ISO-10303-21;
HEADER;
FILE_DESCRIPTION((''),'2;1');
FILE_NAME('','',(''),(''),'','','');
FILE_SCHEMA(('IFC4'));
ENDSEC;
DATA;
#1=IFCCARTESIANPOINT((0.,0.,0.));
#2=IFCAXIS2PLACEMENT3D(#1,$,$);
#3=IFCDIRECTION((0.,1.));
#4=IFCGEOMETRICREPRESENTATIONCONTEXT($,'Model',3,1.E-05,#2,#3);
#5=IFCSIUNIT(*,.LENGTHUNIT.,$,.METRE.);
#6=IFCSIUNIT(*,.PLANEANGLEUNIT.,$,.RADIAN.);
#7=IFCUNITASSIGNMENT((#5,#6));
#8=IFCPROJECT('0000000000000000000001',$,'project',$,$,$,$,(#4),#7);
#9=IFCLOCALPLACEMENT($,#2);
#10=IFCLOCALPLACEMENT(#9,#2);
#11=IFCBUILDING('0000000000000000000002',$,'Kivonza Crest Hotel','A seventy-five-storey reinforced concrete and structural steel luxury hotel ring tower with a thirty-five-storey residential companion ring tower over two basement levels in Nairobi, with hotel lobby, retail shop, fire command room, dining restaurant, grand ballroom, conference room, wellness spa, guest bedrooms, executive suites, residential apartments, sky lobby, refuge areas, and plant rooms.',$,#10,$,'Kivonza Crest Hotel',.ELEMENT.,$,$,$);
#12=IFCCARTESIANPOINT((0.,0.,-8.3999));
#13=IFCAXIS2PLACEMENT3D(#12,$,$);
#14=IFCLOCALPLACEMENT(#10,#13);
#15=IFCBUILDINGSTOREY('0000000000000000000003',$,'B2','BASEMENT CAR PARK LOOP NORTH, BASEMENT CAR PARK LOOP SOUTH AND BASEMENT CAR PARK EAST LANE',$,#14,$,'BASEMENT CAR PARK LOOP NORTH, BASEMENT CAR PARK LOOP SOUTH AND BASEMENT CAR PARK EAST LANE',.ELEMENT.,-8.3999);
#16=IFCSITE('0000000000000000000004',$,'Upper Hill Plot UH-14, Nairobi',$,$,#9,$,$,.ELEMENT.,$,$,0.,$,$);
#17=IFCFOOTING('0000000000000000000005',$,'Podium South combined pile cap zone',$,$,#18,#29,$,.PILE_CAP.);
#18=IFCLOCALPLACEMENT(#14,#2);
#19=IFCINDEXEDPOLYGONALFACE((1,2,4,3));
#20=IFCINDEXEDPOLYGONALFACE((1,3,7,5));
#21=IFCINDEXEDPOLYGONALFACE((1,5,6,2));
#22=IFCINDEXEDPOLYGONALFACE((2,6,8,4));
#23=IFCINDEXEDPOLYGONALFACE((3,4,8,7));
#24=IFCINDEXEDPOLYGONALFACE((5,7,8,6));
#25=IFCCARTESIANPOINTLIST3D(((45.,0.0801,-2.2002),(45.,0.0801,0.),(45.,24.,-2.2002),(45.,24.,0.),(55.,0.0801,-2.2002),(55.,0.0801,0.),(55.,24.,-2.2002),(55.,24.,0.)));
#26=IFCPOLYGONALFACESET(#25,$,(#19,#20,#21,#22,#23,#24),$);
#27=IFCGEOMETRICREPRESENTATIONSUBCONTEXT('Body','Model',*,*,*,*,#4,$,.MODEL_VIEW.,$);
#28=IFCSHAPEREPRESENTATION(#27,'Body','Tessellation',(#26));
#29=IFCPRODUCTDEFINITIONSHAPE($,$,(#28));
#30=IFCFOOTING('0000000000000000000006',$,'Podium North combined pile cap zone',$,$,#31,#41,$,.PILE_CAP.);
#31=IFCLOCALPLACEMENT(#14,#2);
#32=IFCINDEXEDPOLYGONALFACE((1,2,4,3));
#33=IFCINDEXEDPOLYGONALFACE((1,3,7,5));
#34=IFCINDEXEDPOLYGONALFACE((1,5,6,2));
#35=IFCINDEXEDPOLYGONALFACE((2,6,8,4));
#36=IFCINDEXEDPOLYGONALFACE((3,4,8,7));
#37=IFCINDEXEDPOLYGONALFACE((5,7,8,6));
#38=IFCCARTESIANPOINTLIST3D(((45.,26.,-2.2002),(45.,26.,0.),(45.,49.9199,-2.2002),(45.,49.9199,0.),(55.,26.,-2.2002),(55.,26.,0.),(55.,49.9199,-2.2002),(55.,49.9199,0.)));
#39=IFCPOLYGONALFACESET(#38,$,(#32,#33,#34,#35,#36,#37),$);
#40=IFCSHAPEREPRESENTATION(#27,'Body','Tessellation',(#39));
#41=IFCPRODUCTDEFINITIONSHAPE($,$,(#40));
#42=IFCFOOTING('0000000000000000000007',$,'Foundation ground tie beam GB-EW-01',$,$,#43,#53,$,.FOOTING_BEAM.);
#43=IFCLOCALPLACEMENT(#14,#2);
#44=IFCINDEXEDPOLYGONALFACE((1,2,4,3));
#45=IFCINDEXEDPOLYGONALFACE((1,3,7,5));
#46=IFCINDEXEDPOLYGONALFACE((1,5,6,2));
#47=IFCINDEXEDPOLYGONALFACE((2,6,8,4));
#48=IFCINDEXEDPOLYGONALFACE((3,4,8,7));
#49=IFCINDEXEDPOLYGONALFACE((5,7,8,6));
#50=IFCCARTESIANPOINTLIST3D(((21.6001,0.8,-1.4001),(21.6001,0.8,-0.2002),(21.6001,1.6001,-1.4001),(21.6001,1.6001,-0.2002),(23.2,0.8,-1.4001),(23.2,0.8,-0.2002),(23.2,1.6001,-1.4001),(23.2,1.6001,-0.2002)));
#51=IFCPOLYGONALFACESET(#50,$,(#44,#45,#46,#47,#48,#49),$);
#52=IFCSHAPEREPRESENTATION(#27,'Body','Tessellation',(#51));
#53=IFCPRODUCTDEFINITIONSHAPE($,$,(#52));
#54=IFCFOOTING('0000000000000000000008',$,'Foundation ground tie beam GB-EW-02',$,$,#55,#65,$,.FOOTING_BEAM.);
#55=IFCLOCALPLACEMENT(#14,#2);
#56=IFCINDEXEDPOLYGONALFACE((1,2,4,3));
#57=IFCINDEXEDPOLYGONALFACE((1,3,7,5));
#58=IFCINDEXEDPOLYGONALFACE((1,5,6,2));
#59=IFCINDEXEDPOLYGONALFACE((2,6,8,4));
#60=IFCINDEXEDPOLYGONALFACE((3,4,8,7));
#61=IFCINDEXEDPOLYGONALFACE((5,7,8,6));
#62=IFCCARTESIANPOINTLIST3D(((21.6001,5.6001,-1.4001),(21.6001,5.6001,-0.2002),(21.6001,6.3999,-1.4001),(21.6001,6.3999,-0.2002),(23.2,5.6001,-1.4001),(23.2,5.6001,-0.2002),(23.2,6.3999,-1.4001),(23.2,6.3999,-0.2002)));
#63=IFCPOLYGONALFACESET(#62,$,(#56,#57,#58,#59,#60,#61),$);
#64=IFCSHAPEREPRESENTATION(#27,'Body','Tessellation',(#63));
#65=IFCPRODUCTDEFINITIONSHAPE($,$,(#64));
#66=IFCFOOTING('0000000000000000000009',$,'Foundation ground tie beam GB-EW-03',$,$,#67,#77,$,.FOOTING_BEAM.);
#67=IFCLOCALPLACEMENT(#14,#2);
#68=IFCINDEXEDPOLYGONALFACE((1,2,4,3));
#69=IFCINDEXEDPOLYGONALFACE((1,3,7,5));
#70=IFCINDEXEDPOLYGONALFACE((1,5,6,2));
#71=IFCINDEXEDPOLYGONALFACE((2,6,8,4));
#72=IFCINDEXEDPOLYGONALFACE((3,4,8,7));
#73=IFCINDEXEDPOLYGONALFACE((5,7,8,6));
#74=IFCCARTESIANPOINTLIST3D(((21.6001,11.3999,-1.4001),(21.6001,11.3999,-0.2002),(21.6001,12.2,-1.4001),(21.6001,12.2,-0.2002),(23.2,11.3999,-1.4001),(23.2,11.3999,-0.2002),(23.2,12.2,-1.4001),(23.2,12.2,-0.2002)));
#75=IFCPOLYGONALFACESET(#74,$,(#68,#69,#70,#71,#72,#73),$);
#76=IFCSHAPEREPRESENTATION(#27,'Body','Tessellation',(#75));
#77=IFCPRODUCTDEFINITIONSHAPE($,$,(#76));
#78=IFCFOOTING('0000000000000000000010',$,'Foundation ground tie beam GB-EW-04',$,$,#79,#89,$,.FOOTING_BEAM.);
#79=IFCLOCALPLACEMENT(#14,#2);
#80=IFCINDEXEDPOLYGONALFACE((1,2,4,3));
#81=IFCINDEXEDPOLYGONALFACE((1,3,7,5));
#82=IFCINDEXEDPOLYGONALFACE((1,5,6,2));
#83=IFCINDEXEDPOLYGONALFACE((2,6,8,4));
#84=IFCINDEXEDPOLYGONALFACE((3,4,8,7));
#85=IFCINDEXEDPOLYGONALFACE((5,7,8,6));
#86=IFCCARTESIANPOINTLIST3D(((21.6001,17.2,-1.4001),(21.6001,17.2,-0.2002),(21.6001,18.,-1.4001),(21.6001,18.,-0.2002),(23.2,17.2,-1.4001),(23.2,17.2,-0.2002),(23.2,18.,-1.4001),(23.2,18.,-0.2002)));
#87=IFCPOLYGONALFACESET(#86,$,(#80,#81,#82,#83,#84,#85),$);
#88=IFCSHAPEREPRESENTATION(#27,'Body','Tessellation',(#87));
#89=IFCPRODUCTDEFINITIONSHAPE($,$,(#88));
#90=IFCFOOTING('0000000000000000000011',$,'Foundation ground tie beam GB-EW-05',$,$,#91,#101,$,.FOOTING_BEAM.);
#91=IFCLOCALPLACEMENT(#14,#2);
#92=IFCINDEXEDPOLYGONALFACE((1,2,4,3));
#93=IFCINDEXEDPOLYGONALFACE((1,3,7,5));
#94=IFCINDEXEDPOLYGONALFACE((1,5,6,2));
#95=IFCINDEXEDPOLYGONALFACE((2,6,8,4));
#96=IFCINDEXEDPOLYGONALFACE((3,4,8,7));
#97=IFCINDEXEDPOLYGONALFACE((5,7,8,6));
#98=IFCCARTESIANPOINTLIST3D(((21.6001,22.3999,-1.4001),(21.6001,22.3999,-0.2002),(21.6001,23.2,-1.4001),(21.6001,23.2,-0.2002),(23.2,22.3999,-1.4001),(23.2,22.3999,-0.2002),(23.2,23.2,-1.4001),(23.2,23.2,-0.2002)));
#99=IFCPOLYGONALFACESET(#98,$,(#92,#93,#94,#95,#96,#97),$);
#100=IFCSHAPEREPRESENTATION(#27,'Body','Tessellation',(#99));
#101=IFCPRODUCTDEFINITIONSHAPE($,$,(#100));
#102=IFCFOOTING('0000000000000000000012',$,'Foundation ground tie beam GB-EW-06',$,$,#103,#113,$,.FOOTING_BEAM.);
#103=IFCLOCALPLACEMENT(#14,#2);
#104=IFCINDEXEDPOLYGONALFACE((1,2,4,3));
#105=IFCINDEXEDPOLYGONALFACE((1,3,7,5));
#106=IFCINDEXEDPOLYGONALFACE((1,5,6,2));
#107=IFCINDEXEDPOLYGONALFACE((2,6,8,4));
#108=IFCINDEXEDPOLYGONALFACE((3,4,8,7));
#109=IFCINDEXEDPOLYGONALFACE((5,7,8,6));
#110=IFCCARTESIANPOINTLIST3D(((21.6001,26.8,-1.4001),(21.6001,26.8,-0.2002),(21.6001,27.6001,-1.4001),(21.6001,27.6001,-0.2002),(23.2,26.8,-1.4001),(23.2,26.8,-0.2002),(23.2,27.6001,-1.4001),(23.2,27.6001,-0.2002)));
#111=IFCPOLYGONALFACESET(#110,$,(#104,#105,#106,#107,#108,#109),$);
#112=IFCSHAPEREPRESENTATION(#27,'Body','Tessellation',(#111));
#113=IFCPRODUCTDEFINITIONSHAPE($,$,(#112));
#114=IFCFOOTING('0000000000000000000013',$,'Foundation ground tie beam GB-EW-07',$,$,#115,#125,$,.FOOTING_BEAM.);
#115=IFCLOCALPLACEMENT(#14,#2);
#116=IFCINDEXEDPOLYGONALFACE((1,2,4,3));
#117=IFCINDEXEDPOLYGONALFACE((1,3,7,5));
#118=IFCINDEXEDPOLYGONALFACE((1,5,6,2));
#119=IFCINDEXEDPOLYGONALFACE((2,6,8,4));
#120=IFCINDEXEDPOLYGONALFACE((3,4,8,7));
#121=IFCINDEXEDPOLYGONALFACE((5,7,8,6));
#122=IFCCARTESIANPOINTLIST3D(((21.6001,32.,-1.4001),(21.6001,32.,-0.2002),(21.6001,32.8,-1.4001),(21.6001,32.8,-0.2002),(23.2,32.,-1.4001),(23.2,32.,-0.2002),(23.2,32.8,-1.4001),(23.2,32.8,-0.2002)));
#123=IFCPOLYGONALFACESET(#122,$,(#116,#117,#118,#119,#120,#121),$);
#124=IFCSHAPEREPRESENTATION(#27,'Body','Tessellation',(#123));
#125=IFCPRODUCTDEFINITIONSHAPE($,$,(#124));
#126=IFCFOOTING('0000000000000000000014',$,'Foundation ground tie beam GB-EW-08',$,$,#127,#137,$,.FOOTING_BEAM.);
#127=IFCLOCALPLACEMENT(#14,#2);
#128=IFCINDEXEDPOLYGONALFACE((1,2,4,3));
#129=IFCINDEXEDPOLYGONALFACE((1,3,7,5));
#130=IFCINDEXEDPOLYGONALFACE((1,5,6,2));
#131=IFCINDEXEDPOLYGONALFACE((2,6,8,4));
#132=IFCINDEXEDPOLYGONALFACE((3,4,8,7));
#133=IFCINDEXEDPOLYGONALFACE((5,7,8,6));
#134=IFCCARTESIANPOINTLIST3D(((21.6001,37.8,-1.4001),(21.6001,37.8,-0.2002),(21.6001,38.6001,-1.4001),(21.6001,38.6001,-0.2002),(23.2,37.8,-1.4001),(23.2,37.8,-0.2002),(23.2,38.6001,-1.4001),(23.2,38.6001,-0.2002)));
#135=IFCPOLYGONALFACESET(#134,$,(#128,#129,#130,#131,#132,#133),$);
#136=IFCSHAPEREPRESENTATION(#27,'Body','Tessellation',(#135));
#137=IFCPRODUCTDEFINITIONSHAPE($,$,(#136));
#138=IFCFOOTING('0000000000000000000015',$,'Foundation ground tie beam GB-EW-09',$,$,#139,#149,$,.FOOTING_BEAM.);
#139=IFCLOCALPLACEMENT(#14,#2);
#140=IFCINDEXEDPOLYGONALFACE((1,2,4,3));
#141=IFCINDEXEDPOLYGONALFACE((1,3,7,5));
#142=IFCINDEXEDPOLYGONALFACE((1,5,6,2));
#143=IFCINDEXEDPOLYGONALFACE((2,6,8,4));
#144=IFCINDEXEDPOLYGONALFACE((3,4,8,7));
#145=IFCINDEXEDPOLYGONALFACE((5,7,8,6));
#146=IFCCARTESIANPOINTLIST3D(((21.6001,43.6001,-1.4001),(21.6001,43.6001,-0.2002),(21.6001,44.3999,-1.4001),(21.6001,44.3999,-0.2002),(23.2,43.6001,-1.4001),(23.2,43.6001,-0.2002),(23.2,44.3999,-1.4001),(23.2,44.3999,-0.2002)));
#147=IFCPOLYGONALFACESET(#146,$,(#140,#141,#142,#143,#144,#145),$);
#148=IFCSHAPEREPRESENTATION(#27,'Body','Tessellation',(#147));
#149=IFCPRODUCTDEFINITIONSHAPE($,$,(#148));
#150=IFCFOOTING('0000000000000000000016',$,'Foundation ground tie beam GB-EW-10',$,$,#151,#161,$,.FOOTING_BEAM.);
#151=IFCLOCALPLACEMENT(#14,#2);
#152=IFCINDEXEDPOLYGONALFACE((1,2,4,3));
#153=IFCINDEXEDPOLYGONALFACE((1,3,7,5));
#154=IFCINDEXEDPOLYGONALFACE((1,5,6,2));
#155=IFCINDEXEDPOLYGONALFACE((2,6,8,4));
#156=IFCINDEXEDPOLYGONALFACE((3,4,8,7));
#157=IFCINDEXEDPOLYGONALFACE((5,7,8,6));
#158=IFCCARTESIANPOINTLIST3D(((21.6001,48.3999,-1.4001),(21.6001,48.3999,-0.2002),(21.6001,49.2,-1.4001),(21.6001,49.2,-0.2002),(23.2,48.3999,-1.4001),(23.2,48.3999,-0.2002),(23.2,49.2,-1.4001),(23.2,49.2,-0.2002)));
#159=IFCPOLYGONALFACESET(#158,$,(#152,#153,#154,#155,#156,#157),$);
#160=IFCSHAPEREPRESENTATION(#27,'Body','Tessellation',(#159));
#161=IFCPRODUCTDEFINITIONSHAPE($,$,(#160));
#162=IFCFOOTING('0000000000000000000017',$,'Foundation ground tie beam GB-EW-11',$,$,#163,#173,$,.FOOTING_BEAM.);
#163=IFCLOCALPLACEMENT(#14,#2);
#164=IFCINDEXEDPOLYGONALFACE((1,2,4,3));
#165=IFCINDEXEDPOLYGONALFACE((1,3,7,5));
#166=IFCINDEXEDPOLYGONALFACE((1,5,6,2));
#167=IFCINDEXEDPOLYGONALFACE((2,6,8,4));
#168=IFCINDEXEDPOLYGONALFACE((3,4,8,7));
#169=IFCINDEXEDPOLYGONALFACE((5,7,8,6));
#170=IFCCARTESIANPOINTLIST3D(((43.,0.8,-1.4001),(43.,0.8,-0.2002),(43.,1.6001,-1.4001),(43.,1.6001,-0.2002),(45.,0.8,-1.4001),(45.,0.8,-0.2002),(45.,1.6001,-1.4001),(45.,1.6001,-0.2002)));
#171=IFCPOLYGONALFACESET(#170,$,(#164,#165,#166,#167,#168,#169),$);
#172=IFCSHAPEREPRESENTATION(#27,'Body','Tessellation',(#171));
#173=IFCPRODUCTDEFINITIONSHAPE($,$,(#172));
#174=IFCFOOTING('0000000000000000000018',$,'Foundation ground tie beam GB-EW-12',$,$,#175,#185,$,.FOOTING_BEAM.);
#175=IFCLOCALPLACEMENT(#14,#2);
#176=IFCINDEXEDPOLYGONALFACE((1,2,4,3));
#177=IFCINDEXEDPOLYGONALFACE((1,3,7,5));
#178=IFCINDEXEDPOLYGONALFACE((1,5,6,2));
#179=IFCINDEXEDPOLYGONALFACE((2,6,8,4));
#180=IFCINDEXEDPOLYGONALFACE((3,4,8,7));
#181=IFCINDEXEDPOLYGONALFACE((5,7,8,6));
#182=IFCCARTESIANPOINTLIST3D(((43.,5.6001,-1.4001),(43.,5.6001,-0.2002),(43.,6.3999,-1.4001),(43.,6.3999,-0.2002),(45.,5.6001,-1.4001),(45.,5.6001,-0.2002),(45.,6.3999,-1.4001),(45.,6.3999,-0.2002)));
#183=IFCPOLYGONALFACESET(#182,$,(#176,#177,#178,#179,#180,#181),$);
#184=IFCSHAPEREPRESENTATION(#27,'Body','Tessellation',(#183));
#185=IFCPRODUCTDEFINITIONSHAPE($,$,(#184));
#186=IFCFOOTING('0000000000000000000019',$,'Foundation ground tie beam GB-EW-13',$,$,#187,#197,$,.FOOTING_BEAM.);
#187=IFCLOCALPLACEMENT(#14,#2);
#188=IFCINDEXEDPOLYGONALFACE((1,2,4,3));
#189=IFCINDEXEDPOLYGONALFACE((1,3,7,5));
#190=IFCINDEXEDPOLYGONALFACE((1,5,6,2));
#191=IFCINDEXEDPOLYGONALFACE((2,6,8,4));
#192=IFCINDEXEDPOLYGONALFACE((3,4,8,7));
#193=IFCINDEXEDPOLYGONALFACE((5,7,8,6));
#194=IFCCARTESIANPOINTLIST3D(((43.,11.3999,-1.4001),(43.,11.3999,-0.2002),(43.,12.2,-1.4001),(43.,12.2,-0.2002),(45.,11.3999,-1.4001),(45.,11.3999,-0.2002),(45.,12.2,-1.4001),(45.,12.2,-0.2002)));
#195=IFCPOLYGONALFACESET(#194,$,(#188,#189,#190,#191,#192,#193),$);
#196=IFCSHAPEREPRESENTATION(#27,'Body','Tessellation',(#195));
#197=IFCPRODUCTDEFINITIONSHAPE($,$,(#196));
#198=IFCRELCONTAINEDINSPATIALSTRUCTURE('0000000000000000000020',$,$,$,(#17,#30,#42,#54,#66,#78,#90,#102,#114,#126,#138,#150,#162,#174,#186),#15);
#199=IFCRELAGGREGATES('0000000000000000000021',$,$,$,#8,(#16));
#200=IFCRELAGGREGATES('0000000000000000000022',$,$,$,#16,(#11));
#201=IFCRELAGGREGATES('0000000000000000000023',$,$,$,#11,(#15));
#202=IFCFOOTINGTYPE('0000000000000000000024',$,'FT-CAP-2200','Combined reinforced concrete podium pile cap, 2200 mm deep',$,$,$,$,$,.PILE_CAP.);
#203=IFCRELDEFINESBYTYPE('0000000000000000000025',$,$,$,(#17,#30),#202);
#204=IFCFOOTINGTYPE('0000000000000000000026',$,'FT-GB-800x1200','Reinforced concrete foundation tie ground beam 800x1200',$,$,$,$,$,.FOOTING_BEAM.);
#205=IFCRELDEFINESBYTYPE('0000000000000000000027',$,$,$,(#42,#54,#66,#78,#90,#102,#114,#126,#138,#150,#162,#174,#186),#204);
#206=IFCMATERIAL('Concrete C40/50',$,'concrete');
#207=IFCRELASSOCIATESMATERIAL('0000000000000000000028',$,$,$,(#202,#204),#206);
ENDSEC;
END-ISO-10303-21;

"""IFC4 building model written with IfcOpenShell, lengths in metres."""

from ifc_helpers import new_model, si_unit, direction, frame, origin, place, context, subcontext, project, spatial, polyline, outline, extrude, material, type_object, element, save


model = new_model("IFC4")

# Units and contexts
model_context = context("Model", 3, precision=1e-05, world=origin(), true_north=direction((0.0, 1.0)))
body_context = subcontext(model_context, "Body", "Model", "MODEL_VIEW")
ifc_project = project(units=[si_unit("LENGTHUNIT", "METRE"), si_unit("PLANEANGLEUNIT", "RADIAN")], contexts=[model_context])

# Site, building, storey
site_placement = place(None, origin())
site = spatial("IfcSite", under=ifc_project, at=site_placement, Name="Upper Hill Plot UH-14, Nairobi", CompositionType="ELEMENT", RefElevation=0.0)
building_placement = place(site_placement, origin())
building = spatial("IfcBuilding", under=site, at=building_placement, Name="Kivonza Crest Hotel", Description="A seventy-five-storey reinforced concrete and structural steel luxury hotel ring tower with a thirty-five-storey residential companion ring tower over two basement levels in Nairobi, with hotel lobby, retail shop, fire command room, dining restaurant, grand ballroom, conference room, wellness spa, guest bedrooms, executive suites, residential apartments, sky lobby, refuge areas, and plant rooms.", LongName="Kivonza Crest Hotel", CompositionType="ELEMENT")
storey_placement = place(building_placement, frame((0.0, 0.0, -8.3999)))
storey = spatial("IfcBuildingStorey", under=building, at=storey_placement, Name="B2", Description="BASEMENT CAR PARK LOOP NORTH, BASEMENT CAR PARK LOOP SOUTH AND BASEMENT CAR PARK EAST LANE", LongName="BASEMENT CAR PARK LOOP NORTH, BASEMENT CAR PARK LOOP SOUTH AND BASEMENT CAR PARK EAST LANE", CompositionType="ELEMENT", Elevation=-8.3999)

# Footings
ifc_material = material(Name="Concrete C40/50", Category="concrete")
footing_type_1 = type_object("IfcFootingType", Name="FT-CAP-2200", Description="Combined reinforced concrete podium pile cap, 2200 mm deep", PredefinedType="PILE_CAP", material=ifc_material)
footing_1_placement = place(storey_placement, frame((0.0, 0.0, -2.2002)))
element("IfcFooting", 1, at=footing_1_placement, inside=storey, type_object=footing_type_1, Name="Podium South combined pile cap zone", PredefinedType="PILE_CAP", context=body_context, shape_type="SweptSolid", body=[
    extrude(outline(polyline([(45.0, 0.0801), (55.0, 0.0801), (55.0, 24.0), (45.0, 24.0), (45.0, 0.0801)])), origin(), (0.0, 0.0, 1.0), 2.2002),
])
footing_2_placement = place(storey_placement, frame((0.0, 0.0, -2.2002)))
element("IfcFooting", 2, at=footing_2_placement, inside=storey, type_object=footing_type_1, Name="Podium North combined pile cap zone", PredefinedType="PILE_CAP", context=body_context, shape_type="SweptSolid", body=[
    extrude(outline(polyline([(45.0, 26.0), (55.0, 26.0), (55.0, 49.9199), (45.0, 49.9199), (45.0, 26.0)])), origin(), (0.0, 0.0, 1.0), 2.2002),
])
footing_type_2 = type_object("IfcFootingType", Name="FT-GB-800x1200", Description="Reinforced concrete foundation tie ground beam 800x1200", PredefinedType="FOOTING_BEAM", material=ifc_material)
footing_3_placement = place(storey_placement, frame((0.0, 0.0, -1.4001)))
element("IfcFooting", 3, at=footing_3_placement, inside=storey, type_object=footing_type_2, Name="Foundation ground tie beam GB-EW-01", PredefinedType="FOOTING_BEAM", context=body_context, shape_type="SweptSolid", body=[
    extrude(outline(polyline([(21.6001, 0.8), (23.2, 0.8), (23.2, 1.6001), (21.6001, 1.6001), (21.6001, 0.8)])), origin(), (0.0, 0.0, 1.0), 1.2),
])
footing_4_placement = place(storey_placement, frame((0.0, 0.0, -1.4001)))
element("IfcFooting", 4, at=footing_4_placement, inside=storey, type_object=footing_type_2, Name="Foundation ground tie beam GB-EW-02", PredefinedType="FOOTING_BEAM", context=body_context, shape_type="SweptSolid", body=[
    extrude(outline(polyline([(21.6001, 5.6001), (23.2, 5.6001), (23.2, 6.3999), (21.6001, 6.3999), (21.6001, 5.6001)])), origin(), (0.0, 0.0, 1.0), 1.2),
])
footing_5_placement = place(storey_placement, frame((0.0, 0.0, -1.4001)))
element("IfcFooting", 5, at=footing_5_placement, inside=storey, type_object=footing_type_2, Name="Foundation ground tie beam GB-EW-03", PredefinedType="FOOTING_BEAM", context=body_context, shape_type="SweptSolid", body=[
    extrude(outline(polyline([(21.6001, 11.3999), (23.2, 11.3999), (23.2, 12.2), (21.6001, 12.2), (21.6001, 11.3999)])), origin(), (0.0, 0.0, 1.0), 1.2),
])
footing_6_placement = place(storey_placement, frame((0.0, 0.0, -1.4001)))
element("IfcFooting", 6, at=footing_6_placement, inside=storey, type_object=footing_type_2, Name="Foundation ground tie beam GB-EW-04", PredefinedType="FOOTING_BEAM", context=body_context, shape_type="SweptSolid", body=[
    extrude(outline(polyline([(21.6001, 17.2), (23.2, 17.2), (23.2, 18.0), (21.6001, 18.0), (21.6001, 17.2)])), origin(), (0.0, 0.0, 1.0), 1.2),
])
footing_7_placement = place(storey_placement, frame((0.0, 0.0, -1.4001)))
element("IfcFooting", 7, at=footing_7_placement, inside=storey, type_object=footing_type_2, Name="Foundation ground tie beam GB-EW-05", PredefinedType="FOOTING_BEAM", context=body_context, shape_type="SweptSolid", body=[
    extrude(outline(polyline([(21.6001, 22.3999), (23.2, 22.3999), (23.2, 23.2), (21.6001, 23.2), (21.6001, 22.3999)])), origin(), (0.0, 0.0, 1.0), 1.2),
])
footing_8_placement = place(storey_placement, frame((0.0, 0.0, -1.4001)))
element("IfcFooting", 8, at=footing_8_placement, inside=storey, type_object=footing_type_2, Name="Foundation ground tie beam GB-EW-06", PredefinedType="FOOTING_BEAM", context=body_context, shape_type="SweptSolid", body=[
    extrude(outline(polyline([(21.6001, 26.8), (23.2, 26.8), (23.2, 27.6001), (21.6001, 27.6001), (21.6001, 26.8)])), origin(), (0.0, 0.0, 1.0), 1.2),
])
footing_9_placement = place(storey_placement, frame((0.0, 0.0, -1.4001)))
element("IfcFooting", 9, at=footing_9_placement, inside=storey, type_object=footing_type_2, Name="Foundation ground tie beam GB-EW-07", PredefinedType="FOOTING_BEAM", context=body_context, shape_type="SweptSolid", body=[
    extrude(outline(polyline([(21.6001, 32.0), (23.2, 32.0), (23.2, 32.8), (21.6001, 32.8), (21.6001, 32.0)])), origin(), (0.0, 0.0, 1.0), 1.2),
])
footing_10_placement = place(storey_placement, frame((0.0, 0.0, -1.4001)))
element("IfcFooting", 10, at=footing_10_placement, inside=storey, type_object=footing_type_2, Name="Foundation ground tie beam GB-EW-08", PredefinedType="FOOTING_BEAM", context=body_context, shape_type="SweptSolid", body=[
    extrude(outline(polyline([(21.6001, 37.8), (23.2, 37.8), (23.2, 38.6001), (21.6001, 38.6001), (21.6001, 37.8)])), origin(), (0.0, 0.0, 1.0), 1.2),
])
footing_11_placement = place(storey_placement, frame((0.0, 0.0, -1.4001)))
element("IfcFooting", 11, at=footing_11_placement, inside=storey, type_object=footing_type_2, Name="Foundation ground tie beam GB-EW-09", PredefinedType="FOOTING_BEAM", context=body_context, shape_type="SweptSolid", body=[
    extrude(outline(polyline([(21.6001, 43.6001), (23.2, 43.6001), (23.2, 44.3999), (21.6001, 44.3999), (21.6001, 43.6001)])), origin(), (0.0, 0.0, 1.0), 1.2),
])
footing_12_placement = place(storey_placement, frame((0.0, 0.0, -1.4001)))
element("IfcFooting", 12, at=footing_12_placement, inside=storey, type_object=footing_type_2, Name="Foundation ground tie beam GB-EW-10", PredefinedType="FOOTING_BEAM", context=body_context, shape_type="SweptSolid", body=[
    extrude(outline(polyline([(21.6001, 48.3999), (23.2, 48.3999), (23.2, 49.2), (21.6001, 49.2), (21.6001, 48.3999)])), origin(), (0.0, 0.0, 1.0), 1.2),
])
footing_13_placement = place(storey_placement, frame((0.0, 0.0, -1.4001)))
element("IfcFooting", 13, at=footing_13_placement, inside=storey, type_object=footing_type_2, Name="Foundation ground tie beam GB-EW-11", PredefinedType="FOOTING_BEAM", context=body_context, shape_type="SweptSolid", body=[
    extrude(outline(polyline([(43.0, 0.8), (45.0, 0.8), (45.0, 1.6001), (43.0, 1.6001), (43.0, 0.8)])), origin(), (0.0, 0.0, 1.0), 1.2),
])
footing_14_placement = place(storey_placement, frame((0.0, 0.0, -1.4001)))
element("IfcFooting", 14, at=footing_14_placement, inside=storey, type_object=footing_type_2, Name="Foundation ground tie beam GB-EW-12", PredefinedType="FOOTING_BEAM", context=body_context, shape_type="SweptSolid", body=[
    extrude(outline(polyline([(43.0, 5.6001), (45.0, 5.6001), (45.0, 6.3999), (43.0, 6.3999), (43.0, 5.6001)])), origin(), (0.0, 0.0, 1.0), 1.2),
])
footing_15_placement = place(storey_placement, frame((0.0, 0.0, -1.4001)))
element("IfcFooting", 15, at=footing_15_placement, inside=storey, type_object=footing_type_2, Name="Foundation ground tie beam GB-EW-13", PredefinedType="FOOTING_BEAM", context=body_context, shape_type="SweptSolid", body=[
    extrude(outline(polyline([(43.0, 11.3999), (45.0, 11.3999), (45.0, 12.2), (43.0, 12.2), (43.0, 11.3999)])), origin(), (0.0, 0.0, 1.0), 1.2),
])

save(model, "model.ifc")
